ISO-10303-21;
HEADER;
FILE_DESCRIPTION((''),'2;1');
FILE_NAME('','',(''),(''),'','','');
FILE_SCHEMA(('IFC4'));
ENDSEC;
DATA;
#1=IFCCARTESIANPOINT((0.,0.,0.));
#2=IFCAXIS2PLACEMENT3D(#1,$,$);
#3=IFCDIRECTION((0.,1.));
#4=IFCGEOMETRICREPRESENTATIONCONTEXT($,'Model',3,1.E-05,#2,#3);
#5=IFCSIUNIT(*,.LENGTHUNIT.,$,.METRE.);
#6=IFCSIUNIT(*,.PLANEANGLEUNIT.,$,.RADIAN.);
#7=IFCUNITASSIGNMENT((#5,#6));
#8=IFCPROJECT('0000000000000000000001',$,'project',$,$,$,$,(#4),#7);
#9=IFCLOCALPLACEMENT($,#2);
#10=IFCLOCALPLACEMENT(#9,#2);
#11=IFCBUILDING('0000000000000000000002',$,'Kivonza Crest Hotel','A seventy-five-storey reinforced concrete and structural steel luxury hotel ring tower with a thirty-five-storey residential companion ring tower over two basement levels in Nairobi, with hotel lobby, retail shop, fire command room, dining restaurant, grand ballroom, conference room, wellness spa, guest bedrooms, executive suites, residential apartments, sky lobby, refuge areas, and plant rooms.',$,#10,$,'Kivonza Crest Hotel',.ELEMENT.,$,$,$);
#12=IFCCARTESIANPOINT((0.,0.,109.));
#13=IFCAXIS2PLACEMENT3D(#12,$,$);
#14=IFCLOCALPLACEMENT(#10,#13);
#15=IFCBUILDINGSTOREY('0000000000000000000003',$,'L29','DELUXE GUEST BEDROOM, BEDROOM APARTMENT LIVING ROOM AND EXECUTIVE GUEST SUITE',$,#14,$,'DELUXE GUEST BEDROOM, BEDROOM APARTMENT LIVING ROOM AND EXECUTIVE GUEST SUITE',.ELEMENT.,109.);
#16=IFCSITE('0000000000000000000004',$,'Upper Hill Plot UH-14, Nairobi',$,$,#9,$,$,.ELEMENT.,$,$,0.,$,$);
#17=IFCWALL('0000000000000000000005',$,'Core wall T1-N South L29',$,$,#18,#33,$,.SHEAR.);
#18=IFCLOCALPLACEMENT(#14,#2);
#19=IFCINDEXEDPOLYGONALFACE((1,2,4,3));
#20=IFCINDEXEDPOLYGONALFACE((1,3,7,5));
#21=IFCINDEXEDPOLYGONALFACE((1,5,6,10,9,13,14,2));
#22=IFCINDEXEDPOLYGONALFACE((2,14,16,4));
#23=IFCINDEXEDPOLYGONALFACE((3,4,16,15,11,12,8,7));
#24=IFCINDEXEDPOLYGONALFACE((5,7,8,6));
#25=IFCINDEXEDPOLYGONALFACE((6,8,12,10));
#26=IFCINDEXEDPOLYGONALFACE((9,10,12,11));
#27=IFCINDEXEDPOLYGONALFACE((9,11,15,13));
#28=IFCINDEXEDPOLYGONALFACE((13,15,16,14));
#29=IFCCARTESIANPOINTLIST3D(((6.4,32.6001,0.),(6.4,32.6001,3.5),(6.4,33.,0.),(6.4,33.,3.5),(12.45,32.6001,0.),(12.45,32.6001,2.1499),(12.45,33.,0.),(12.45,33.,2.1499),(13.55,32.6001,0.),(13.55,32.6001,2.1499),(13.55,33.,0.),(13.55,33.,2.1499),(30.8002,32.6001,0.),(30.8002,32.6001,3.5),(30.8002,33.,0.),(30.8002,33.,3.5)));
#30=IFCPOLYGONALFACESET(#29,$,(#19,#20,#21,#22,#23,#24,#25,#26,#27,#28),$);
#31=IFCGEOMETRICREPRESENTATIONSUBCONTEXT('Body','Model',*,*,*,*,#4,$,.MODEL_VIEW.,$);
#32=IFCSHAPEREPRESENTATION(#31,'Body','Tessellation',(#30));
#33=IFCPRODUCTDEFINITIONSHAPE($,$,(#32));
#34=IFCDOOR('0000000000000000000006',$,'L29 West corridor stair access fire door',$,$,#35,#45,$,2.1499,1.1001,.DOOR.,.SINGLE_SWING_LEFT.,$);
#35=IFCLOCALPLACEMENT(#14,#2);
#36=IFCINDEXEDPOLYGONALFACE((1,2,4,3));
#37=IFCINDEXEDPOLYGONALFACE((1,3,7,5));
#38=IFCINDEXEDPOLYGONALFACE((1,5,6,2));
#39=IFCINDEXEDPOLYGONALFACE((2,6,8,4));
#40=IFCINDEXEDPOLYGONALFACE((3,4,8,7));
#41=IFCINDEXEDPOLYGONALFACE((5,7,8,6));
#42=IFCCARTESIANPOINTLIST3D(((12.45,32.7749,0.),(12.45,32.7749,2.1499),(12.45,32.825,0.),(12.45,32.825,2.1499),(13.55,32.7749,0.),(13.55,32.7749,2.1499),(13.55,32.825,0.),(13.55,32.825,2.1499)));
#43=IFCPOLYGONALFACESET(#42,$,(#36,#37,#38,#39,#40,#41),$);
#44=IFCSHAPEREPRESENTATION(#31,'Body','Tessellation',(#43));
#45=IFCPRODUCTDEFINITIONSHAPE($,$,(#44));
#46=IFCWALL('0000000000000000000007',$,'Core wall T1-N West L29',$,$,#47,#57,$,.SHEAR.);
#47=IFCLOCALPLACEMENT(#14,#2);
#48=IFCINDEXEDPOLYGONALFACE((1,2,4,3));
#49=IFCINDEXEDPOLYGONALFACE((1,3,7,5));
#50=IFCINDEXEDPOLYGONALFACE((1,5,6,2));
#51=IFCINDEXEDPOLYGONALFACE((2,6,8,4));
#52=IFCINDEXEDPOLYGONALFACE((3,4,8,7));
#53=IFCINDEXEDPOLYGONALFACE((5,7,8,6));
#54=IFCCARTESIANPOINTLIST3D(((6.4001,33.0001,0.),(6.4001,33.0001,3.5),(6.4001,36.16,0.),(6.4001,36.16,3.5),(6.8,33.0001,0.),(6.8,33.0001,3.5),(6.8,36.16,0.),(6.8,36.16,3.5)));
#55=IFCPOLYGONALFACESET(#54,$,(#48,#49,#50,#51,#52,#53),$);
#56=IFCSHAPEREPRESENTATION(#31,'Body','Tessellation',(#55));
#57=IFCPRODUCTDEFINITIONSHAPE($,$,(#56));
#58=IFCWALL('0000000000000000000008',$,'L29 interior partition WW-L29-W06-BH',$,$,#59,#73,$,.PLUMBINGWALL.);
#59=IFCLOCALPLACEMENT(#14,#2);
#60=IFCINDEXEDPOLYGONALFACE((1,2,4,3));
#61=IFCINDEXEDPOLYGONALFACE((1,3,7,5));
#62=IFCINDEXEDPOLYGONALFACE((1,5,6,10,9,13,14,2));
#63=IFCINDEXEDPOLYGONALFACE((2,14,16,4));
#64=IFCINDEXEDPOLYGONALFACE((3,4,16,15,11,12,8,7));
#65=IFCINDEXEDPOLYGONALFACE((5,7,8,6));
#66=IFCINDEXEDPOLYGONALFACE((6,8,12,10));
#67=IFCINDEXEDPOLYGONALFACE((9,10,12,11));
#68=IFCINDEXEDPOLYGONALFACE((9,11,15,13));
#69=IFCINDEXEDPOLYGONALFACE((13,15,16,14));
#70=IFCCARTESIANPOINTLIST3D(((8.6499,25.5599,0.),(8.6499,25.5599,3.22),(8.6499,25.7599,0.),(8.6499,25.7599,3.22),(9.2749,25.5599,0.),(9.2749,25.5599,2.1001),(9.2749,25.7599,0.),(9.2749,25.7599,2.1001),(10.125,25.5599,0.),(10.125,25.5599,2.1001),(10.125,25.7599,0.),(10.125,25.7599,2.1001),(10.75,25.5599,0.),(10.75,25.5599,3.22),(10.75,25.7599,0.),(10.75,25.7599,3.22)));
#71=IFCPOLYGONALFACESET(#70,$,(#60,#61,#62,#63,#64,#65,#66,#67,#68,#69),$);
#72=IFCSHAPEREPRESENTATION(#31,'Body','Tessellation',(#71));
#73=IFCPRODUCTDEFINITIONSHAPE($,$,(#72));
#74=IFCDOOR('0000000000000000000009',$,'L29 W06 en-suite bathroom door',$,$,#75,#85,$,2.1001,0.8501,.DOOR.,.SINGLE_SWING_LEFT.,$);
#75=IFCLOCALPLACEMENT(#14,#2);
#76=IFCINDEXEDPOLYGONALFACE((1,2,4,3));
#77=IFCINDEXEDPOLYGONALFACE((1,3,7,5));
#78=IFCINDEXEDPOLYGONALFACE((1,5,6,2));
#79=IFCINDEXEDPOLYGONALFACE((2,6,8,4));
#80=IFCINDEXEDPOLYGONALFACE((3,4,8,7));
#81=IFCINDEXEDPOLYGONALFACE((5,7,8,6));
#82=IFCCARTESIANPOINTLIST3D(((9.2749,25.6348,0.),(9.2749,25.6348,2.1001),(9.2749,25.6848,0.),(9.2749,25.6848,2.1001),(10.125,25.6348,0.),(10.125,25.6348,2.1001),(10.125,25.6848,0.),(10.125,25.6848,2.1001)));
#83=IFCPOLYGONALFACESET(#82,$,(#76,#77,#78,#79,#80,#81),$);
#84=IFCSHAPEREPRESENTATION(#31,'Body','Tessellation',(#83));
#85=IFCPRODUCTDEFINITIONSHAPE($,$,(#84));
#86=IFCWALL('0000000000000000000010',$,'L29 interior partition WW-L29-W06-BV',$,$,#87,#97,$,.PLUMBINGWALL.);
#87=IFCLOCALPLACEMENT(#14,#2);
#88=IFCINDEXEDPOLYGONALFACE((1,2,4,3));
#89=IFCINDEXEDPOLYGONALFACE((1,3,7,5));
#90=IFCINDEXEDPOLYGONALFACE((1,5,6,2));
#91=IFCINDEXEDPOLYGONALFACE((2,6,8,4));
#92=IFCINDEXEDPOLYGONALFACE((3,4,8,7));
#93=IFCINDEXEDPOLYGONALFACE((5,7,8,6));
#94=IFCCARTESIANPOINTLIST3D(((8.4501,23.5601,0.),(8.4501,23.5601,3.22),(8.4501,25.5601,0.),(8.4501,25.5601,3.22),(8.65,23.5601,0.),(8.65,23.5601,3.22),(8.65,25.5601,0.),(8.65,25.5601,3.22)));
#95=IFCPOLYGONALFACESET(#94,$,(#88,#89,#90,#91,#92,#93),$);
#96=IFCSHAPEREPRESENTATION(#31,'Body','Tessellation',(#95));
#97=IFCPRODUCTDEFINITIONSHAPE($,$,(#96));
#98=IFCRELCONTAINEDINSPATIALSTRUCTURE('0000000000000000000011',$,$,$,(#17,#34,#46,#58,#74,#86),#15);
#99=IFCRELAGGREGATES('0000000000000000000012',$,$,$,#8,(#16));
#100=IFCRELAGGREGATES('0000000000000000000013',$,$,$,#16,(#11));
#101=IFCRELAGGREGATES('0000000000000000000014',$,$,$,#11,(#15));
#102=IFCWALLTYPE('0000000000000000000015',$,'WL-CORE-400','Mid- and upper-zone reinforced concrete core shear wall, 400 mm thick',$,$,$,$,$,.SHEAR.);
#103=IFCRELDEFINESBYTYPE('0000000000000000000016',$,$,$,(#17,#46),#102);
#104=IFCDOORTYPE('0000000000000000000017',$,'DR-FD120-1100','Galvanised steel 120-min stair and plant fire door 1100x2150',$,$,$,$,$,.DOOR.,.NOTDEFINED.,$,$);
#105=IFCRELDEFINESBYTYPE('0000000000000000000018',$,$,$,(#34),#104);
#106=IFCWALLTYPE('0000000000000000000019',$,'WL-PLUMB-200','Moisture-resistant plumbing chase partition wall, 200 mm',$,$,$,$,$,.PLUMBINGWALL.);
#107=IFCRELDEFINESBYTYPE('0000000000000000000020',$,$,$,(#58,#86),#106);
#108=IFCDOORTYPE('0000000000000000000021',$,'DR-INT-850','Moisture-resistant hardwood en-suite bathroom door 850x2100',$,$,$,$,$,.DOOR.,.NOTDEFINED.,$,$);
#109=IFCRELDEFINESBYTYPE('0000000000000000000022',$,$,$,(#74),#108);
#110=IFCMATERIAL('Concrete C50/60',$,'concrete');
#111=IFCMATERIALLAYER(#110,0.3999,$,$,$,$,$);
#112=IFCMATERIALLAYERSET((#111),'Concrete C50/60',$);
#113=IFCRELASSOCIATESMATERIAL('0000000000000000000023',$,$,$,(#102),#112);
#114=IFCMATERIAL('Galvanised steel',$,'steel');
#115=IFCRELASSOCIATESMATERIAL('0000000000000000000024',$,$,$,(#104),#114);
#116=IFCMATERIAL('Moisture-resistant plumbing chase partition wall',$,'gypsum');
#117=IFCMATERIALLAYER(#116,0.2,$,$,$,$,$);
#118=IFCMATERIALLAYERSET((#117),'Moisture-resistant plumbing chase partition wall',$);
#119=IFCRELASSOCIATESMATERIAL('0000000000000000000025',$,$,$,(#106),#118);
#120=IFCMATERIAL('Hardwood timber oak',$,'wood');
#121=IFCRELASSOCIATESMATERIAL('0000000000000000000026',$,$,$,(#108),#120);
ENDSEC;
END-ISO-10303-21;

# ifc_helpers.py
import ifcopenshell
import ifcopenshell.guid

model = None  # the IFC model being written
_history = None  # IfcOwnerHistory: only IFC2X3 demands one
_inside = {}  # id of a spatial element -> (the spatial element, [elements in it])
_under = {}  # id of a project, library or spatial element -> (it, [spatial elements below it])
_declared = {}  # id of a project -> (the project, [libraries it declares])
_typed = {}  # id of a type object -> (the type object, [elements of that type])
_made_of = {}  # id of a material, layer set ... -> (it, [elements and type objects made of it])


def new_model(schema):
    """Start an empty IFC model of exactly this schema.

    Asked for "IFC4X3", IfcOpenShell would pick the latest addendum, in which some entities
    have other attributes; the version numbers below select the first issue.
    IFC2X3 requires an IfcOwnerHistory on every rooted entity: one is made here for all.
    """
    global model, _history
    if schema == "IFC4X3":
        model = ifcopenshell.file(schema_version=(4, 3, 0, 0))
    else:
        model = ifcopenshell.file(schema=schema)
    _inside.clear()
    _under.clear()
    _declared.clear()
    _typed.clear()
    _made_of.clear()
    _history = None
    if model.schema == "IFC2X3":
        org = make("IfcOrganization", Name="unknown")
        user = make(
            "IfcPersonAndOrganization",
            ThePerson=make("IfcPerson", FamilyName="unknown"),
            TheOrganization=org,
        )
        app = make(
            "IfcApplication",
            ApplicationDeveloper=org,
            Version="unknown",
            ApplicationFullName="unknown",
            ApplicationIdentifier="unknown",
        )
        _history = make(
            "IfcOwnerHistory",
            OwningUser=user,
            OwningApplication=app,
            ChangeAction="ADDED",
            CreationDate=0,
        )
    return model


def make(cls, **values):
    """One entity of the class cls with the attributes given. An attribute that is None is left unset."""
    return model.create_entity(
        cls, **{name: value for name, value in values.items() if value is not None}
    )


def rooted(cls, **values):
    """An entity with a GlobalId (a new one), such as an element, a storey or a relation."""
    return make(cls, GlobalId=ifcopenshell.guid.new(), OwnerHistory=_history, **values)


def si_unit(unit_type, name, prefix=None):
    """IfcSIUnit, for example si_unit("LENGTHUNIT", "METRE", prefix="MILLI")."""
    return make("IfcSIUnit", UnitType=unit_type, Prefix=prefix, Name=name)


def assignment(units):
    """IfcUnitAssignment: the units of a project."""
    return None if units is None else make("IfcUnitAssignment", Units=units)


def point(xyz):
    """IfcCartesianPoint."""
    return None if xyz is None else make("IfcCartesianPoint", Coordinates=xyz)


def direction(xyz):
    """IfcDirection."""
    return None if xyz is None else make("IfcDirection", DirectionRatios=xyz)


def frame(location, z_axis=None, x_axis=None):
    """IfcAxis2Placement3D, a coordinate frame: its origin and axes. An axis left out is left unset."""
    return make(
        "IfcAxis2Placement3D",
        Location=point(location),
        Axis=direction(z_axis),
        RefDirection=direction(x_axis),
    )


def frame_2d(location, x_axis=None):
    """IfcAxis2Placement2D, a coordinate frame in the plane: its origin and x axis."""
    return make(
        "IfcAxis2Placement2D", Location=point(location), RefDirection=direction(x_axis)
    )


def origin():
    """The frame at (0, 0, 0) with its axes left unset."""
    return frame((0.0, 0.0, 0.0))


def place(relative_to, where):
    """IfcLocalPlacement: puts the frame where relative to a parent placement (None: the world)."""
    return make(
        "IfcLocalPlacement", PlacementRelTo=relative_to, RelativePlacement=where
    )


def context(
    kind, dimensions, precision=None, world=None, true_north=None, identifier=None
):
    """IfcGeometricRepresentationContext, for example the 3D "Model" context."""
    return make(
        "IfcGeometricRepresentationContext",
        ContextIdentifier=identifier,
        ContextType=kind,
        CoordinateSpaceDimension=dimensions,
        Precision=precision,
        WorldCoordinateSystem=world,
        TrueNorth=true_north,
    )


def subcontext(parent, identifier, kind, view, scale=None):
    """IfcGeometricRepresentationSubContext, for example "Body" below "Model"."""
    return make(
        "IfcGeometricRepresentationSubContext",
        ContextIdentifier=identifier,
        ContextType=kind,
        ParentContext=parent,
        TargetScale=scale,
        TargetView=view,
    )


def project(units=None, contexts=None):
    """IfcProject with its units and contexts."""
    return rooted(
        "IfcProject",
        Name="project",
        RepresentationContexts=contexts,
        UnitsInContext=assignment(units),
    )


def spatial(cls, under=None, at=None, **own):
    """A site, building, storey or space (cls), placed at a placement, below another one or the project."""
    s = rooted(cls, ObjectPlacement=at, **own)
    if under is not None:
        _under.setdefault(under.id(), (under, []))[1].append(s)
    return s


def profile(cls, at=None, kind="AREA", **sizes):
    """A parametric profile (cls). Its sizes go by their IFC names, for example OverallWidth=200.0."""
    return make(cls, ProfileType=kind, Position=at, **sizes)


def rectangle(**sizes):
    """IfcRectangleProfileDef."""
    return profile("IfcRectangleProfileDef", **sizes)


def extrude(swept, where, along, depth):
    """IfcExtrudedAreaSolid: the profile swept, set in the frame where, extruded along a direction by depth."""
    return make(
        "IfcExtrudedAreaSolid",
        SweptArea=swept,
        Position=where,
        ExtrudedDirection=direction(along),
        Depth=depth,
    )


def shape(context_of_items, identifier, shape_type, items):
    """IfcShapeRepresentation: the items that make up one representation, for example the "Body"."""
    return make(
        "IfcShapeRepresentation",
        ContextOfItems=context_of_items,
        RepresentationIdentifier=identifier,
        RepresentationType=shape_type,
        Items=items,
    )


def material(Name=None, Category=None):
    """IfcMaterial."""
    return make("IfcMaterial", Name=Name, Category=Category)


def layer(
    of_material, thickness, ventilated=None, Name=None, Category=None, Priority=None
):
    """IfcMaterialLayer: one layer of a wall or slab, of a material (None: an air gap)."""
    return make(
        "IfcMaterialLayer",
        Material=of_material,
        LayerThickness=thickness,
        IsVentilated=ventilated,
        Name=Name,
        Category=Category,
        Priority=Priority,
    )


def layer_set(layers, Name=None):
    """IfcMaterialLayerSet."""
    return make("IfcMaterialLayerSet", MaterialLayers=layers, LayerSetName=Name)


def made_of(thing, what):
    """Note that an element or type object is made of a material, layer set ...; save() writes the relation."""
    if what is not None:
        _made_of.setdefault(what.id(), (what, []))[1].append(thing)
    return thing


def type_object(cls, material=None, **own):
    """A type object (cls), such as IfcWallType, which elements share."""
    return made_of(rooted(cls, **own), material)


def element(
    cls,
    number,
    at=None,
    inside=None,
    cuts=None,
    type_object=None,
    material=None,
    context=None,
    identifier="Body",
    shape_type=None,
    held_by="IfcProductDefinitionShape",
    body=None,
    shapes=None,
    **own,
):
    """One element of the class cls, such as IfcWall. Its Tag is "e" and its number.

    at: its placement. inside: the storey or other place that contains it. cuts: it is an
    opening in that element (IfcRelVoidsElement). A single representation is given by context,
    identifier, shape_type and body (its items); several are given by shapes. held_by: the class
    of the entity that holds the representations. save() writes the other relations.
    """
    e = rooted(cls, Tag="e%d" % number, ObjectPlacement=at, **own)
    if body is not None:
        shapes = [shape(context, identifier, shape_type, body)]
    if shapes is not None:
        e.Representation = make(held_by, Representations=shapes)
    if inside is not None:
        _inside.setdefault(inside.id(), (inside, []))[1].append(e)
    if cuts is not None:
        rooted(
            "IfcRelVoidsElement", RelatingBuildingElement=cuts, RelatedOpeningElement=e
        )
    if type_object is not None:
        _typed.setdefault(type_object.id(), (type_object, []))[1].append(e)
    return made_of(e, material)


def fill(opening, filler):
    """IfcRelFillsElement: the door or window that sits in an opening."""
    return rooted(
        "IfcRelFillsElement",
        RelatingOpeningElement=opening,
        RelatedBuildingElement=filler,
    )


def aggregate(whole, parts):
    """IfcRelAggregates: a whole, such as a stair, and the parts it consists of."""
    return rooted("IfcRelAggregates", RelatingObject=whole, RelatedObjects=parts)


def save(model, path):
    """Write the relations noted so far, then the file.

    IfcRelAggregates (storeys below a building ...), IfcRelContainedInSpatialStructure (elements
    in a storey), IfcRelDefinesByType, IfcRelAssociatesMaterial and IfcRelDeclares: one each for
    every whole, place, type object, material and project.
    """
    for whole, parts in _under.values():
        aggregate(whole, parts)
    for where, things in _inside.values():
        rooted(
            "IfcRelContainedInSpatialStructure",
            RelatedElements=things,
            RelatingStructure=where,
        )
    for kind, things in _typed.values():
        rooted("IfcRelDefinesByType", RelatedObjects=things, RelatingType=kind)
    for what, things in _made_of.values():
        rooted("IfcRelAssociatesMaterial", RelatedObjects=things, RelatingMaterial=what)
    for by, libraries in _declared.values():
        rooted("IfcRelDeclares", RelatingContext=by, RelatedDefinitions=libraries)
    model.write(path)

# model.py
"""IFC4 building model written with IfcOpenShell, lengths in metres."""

from ifc_helpers import new_model, si_unit, direction, frame, frame_2d, origin, place, context, subcontext, project, spatial, rectangle, extrude, material, layer, layer_set, type_object, element, fill, save


model = new_model("IFC4")

# Units and contexts
model_context = context("Model", 3, precision=1e-05, world=origin(), true_north=direction((0.0, 1.0)))
body_context = subcontext(model_context, "Body", "Model", "MODEL_VIEW")
ifc_project = project(units=[si_unit("LENGTHUNIT", "METRE"), si_unit("PLANEANGLEUNIT", "RADIAN")], contexts=[model_context])

# Site, building, storey
site_placement = place(None, origin())
site = spatial("IfcSite", under=ifc_project, at=site_placement, Name="Upper Hill Plot UH-14, Nairobi", CompositionType="ELEMENT", RefElevation=0.0)
building_placement = place(site_placement, origin())
building = spatial("IfcBuilding", under=site, at=building_placement, Name="Kivonza Crest Hotel", Description="A seventy-five-storey reinforced concrete and structural steel luxury hotel ring tower with a thirty-five-storey residential companion ring tower over two basement levels in Nairobi, with hotel lobby, retail shop, fire command room, dining restaurant, grand ballroom, conference room, wellness spa, guest bedrooms, executive suites, residential apartments, sky lobby, refuge areas, and plant rooms.", LongName="Kivonza Crest Hotel", CompositionType="ELEMENT")
storey_placement = place(building_placement, frame((0.0, 0.0, 109.0)))
storey = spatial("IfcBuildingStorey", under=building, at=storey_placement, Name="L29", Description="DELUXE GUEST BEDROOM, BEDROOM APARTMENT LIVING ROOM AND EXECUTIVE GUEST SUITE", LongName="DELUXE GUEST BEDROOM, BEDROOM APARTMENT LIVING ROOM AND EXECUTIVE GUEST SUITE", CompositionType="ELEMENT", Elevation=109.0)

# Shared definitions
ifc_material_1 = material(Name="Concrete C50/60", Category="concrete")

# Wall, opening, door
ifc_layer_1 = layer(ifc_material_1, 0.3999)
ifc_layer_set_1 = layer_set([ifc_layer_1], Name="Concrete C50/60")
wall_type_1 = type_object("IfcWallType", Name="WL-CORE-400", Description="Mid- and upper-zone reinforced concrete core shear wall, 400 mm thick", PredefinedType="SHEAR", material=ifc_layer_set_1)
wall_1_placement = place(storey_placement, frame((6.3999, 32.8, 0.0), z_axis=(0.0, 0.0, 1.0), x_axis=(1.0, 0.0, 0.0)))
wall_1 = element("IfcWall", 1, at=wall_1_placement, inside=storey, type_object=wall_type_1, Name="Core wall T1-N South L29", PredefinedType="SHEAR", context=body_context, shape_type="SweptSolid", body=[
    extrude(rectangle(XDim=24.4001, YDim=0.3999, at=frame_2d((12.2002, 0.0))), origin(), (0.0, 0.0, 1.0), 3.5),
])
opening_1_placement = place(wall_1_placement, frame((6.05, 0.0, 0.0)))
opening_1 = element("IfcOpeningElement", 2, at=opening_1_placement, cuts=wall_1, PredefinedType="OPENING", context=body_context, shape_type="SweptSolid", body=[
    extrude(rectangle(XDim=1.1001, YDim=2.1499, at=frame_2d((0.55, 1.075))), frame((0.0, 0.21, 0.0), z_axis=(0.0, -1.0, 0.0), x_axis=(1.0, 0.0, 0.0)), (0.0, 0.0, 1.0), 0.4199),
])
ifc_material_2 = material(Name="Galvanised steel", Category="steel")
door_type_1 = type_object("IfcDoorType", Name="DR-FD120-1100", Description="Galvanised steel 120-min stair and plant fire door 1100x2150", OperationType="NOTDEFINED", PredefinedType="DOOR", material=ifc_material_2)
door_1_placement = place(opening_1_placement, origin())
door_1 = element("IfcDoor", 3, at=door_1_placement, inside=storey, type_object=door_type_1, Name="L29 West corridor stair access fire door", OperationType="SINGLE_SWING_LEFT", OverallHeight=2.1499, OverallWidth=1.1001, PredefinedType="DOOR", context=body_context, shape_type="SweptSolid", body=[
    extrude(rectangle(XDim=1.1001, YDim=2.1499, at=frame_2d((0.55, 1.075))), frame((0.0, 0.0249, 0.0), z_axis=(0.0, -1.0, 0.0), x_axis=(1.0, 0.0, 0.0)), (0.0, 0.0, 1.0), 0.05),
])
fill(opening_1, door_1)

# Wall
wall_2_placement = place(storey_placement, frame((6.6001, 33.0, 0.0), z_axis=(0.0, 0.0, 1.0), x_axis=(0.0, 1.0, 0.0)))
element("IfcWall", 4, at=wall_2_placement, inside=storey, type_object=wall_type_1, Name="Core wall T1-N West L29", PredefinedType="SHEAR", context=body_context, shape_type="SweptSolid", body=[
    extrude(rectangle(XDim=3.1599, YDim=0.3999, at=frame_2d((1.5801, 0.0))), origin(), (0.0, 0.0, 1.0), 3.5),
])

# Wall, opening, door
ifc_material_3 = material(Name="Moisture-resistant plumbing chase partition wall", Category="gypsum")
ifc_layer_2 = layer(ifc_material_3, 0.2)
ifc_layer_set_2 = layer_set([ifc_layer_2], Name="Moisture-resistant plumbing chase partition wall")
wall_type_2 = type_object("IfcWallType", Name="WL-PLUMB-200", Description="Moisture-resistant plumbing chase partition wall, 200 mm", PredefinedType="PLUMBINGWALL", material=ifc_layer_set_2)
wall_3_placement = place(storey_placement, frame((8.6499, 25.6599, 0.0), z_axis=(0.0, 0.0, 1.0), x_axis=(1.0, 0.0, 0.0)))
wall_3 = element("IfcWall", 5, at=wall_3_placement, inside=storey, type_object=wall_type_2, Name="L29 interior partition WW-L29-W06-BH", PredefinedType="PLUMBINGWALL", context=body_context, shape_type="SweptSolid", body=[
    extrude(rectangle(XDim=2.1001, YDim=0.2, at=frame_2d((1.05, 0.0))), origin(), (0.0, 0.0, 1.0), 3.22),
])
opening_2_placement = place(wall_3_placement, frame((0.625, 0.0, 0.0)))
opening_2 = element("IfcOpeningElement", 6, at=opening_2_placement, cuts=wall_3, PredefinedType="OPENING", context=body_context, shape_type="SweptSolid", body=[
    extrude(rectangle(XDim=0.8501, YDim=2.1001, at=frame_2d((0.425, 1.05))), frame((0.0, 0.1099, 0.0), z_axis=(0.0, -1.0, 0.0), x_axis=(1.0, 0.0, 0.0)), (0.0, 0.0, 1.0), 0.22),
])
ifc_material_4 = material(Name="Hardwood timber oak", Category="wood")
door_type_2 = type_object("IfcDoorType", Name="DR-INT-850", Description="Moisture-resistant hardwood en-suite bathroom door 850x2100", OperationType="NOTDEFINED", PredefinedType="DOOR", material=ifc_material_4)
door_2_placement = place(opening_2_placement, origin())
door_2 = element("IfcDoor", 7, at=door_2_placement, inside=storey, type_object=door_type_2, Name="L29 W06 en-suite bathroom door", OperationType="SINGLE_SWING_LEFT", OverallHeight=2.1001, OverallWidth=0.8501, PredefinedType="DOOR", context=body_context, shape_type="SweptSolid", body=[
    extrude(rectangle(XDim=0.8501, YDim=2.1001, at=frame_2d((0.425, 1.05))), frame((0.0, 0.0249, 0.0), z_axis=(0.0, -1.0, 0.0), x_axis=(1.0, 0.0, 0.0)), (0.0, 0.0, 1.0), 0.05),
])
fill(opening_2, door_2)

# Wall
wall_4_placement = place(storey_placement, frame((8.55, 23.5601, 0.0), z_axis=(0.0, 0.0, 1.0), x_axis=(0.0, 1.0, 0.0)))
element("IfcWall", 8, at=wall_4_placement, inside=storey, type_object=wall_type_2, Name="L29 interior partition WW-L29-W06-BV", PredefinedType="PLUMBINGWALL", context=body_context, shape_type="SweptSolid", body=[
    extrude(rectangle(XDim=2.0, YDim=0.2, at=frame_2d((1.0, 0.0))), origin(), (0.0, 0.0, 1.0), 3.22),
])

save(model, "model.ifc")
